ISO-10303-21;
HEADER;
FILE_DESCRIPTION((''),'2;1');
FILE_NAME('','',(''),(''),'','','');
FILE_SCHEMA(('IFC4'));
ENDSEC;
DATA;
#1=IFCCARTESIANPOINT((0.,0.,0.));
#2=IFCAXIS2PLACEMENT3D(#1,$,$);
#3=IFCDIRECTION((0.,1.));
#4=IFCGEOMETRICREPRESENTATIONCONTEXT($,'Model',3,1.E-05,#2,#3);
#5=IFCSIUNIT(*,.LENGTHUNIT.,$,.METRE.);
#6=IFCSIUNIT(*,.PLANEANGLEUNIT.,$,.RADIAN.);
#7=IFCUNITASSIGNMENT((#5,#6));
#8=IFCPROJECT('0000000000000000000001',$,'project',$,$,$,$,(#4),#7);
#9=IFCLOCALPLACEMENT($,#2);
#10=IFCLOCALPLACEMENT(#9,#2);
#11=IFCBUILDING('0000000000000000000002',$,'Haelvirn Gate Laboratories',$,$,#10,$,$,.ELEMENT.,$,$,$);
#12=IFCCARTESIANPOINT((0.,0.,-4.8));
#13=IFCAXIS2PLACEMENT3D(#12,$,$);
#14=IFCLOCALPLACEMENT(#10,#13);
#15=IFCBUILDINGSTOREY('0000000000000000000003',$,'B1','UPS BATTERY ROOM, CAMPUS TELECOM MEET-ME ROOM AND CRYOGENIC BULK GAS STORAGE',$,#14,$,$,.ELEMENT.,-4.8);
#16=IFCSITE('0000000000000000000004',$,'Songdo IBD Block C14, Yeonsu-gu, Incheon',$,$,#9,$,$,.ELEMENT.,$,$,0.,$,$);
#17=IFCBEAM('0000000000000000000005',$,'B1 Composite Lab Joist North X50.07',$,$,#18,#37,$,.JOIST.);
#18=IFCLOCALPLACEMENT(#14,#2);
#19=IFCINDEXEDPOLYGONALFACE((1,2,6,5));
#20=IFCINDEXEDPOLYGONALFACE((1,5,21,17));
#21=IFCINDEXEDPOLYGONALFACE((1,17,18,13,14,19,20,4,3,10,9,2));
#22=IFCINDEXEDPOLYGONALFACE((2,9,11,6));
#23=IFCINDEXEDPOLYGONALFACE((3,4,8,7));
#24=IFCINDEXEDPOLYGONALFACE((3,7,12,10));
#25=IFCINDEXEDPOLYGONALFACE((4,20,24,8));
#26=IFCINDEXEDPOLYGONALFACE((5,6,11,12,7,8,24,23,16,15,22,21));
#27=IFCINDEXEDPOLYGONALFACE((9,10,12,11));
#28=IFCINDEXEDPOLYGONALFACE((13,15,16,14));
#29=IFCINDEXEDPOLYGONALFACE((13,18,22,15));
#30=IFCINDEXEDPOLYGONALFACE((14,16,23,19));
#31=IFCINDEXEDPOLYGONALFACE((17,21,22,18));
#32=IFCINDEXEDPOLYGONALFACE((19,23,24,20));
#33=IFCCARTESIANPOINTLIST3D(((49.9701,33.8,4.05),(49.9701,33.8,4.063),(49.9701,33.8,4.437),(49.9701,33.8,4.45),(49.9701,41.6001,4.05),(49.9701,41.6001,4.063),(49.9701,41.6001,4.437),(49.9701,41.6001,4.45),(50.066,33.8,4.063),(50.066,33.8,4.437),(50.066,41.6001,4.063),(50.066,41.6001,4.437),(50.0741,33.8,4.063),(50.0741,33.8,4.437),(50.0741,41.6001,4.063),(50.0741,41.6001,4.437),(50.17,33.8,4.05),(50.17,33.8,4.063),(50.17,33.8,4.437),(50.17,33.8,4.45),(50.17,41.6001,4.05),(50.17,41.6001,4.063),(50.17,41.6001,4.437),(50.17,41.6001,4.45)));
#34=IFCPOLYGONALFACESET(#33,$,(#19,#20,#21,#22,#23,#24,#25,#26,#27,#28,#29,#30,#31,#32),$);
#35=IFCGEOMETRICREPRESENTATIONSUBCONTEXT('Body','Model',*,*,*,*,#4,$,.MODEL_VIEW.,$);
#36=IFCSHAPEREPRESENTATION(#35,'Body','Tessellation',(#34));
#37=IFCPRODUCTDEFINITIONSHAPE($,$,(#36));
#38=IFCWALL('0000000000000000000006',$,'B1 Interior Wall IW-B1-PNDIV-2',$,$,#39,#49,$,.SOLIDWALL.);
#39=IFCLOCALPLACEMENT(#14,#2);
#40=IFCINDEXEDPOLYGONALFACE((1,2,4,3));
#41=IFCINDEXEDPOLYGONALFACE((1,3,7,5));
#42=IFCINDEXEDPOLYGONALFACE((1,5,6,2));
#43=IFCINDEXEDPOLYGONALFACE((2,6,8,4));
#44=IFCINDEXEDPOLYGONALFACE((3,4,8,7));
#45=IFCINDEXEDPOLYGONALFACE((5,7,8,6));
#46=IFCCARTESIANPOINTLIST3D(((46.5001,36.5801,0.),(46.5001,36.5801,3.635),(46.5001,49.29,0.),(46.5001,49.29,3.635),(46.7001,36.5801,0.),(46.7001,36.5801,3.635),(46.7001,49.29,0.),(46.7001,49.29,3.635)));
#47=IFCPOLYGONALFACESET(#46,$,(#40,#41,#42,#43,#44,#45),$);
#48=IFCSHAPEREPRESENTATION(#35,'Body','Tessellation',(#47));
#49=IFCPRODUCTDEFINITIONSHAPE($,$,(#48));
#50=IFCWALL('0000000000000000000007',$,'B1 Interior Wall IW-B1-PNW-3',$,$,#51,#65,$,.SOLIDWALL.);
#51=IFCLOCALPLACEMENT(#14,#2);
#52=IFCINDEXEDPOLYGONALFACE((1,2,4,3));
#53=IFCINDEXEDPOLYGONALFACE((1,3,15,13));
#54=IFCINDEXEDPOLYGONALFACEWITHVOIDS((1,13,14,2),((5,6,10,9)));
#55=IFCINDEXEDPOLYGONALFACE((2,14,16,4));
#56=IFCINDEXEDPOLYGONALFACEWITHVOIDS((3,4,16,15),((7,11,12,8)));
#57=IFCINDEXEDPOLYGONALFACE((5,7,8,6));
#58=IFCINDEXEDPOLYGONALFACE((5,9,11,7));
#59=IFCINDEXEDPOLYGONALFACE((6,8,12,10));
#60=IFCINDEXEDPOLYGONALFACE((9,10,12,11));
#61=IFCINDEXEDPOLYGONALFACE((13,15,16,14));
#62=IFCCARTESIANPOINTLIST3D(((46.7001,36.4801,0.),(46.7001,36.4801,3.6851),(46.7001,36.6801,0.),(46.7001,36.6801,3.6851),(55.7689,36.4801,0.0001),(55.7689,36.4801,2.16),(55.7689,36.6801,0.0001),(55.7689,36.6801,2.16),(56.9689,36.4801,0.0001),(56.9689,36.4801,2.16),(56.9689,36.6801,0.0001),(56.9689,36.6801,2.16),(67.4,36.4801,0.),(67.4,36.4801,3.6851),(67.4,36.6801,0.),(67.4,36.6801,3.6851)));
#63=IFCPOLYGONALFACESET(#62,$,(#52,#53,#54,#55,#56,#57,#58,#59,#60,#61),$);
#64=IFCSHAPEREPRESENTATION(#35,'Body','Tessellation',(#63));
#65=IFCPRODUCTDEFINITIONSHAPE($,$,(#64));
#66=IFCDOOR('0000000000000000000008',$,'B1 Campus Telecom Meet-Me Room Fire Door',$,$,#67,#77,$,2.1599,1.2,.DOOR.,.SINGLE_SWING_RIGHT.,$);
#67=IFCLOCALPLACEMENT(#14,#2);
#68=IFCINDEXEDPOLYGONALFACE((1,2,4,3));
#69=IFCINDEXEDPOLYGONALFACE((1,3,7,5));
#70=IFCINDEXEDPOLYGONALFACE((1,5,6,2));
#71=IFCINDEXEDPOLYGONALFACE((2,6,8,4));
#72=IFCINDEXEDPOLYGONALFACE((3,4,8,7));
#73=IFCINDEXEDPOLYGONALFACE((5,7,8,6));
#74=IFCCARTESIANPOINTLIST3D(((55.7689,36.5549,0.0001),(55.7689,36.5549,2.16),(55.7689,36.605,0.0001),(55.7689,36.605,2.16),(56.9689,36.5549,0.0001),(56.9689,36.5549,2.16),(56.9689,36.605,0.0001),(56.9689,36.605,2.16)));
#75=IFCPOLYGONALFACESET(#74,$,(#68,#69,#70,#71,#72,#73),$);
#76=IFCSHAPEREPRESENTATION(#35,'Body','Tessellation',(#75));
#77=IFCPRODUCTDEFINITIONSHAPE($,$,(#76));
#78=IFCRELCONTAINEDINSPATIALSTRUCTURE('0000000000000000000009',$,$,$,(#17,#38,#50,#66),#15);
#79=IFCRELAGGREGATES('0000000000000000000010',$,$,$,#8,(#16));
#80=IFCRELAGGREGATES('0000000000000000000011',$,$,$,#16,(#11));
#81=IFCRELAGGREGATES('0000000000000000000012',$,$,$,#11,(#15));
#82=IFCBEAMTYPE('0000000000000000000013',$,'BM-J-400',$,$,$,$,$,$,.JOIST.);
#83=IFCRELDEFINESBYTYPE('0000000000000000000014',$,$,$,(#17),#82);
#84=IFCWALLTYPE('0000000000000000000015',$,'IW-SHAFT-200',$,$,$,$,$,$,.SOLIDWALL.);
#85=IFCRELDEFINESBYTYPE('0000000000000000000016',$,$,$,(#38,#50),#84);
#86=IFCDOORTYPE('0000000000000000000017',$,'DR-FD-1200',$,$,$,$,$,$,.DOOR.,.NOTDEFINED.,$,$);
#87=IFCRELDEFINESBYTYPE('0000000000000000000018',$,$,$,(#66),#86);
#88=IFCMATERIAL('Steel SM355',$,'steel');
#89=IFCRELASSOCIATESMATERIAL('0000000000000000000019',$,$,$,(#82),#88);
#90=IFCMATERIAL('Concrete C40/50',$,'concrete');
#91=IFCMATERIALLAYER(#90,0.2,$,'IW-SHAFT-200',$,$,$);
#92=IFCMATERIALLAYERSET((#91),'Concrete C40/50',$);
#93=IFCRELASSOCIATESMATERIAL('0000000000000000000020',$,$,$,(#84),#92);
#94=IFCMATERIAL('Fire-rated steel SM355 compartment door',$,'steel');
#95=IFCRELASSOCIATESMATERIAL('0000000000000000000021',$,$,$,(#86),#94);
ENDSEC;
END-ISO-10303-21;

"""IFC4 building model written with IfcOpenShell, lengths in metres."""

from ifc_helpers import new_model, si_unit, direction, frame, frame_2d, origin, origin_2d, place, context, subcontext, project, spatial, rectangle, i_section, extrude, source, transform, mapped, material, layer, layer_set, material_profile, profile_set, type_object, type_shapes, element, fill, save


model = new_model("IFC4")

# Units and contexts
model_context = context("Model", 3, precision=1e-05, world=origin(), true_north=direction((0.0, 1.0)))
body_context = subcontext(model_context, "Body", "Model", "MODEL_VIEW")
ifc_project = project(units=[si_unit("LENGTHUNIT", "METRE"), si_unit("PLANEANGLEUNIT", "RADIAN")], contexts=[model_context])

# Site, building, storey
site_placement = place(None, origin())
site = spatial("IfcSite", under=ifc_project, at=site_placement, Name="Songdo IBD Block C14, Yeonsu-gu, Incheon", CompositionType="ELEMENT", RefElevation=0.0)
building_placement = place(site_placement, origin())
building = spatial("IfcBuilding", under=site, at=building_placement, Name="Haelvirn Gate Laboratories", CompositionType="ELEMENT")
storey_placement = place(building_placement, frame((0.0, 0.0, -4.8)))
storey = spatial("IfcBuildingStorey", under=building, at=storey_placement, Name="B1", Description="UPS BATTERY ROOM, CAMPUS TELECOM MEET-ME ROOM AND CRYOGENIC BULK GAS STORAGE", CompositionType="ELEMENT", Elevation=-4.8)

# Beam
ifc_material_1 = material(Name="Steel SM355", Category="steel")
ifc_material_profile_1 = material_profile(ifc_material_1, i_section(OverallWidth=0.2, OverallDepth=0.3999, WebThickness=0.0081, FlangeThickness=0.0129, at=origin_2d()), Name="H-400x200x8x13")
ifc_profile_set_1 = profile_set([ifc_material_profile_1], Name="Steel SM355")
beam_type_1 = type_object("IfcBeamType", Name="BM-J-400", PredefinedType="JOIST", material=ifc_profile_set_1)
shared_shape_1 = source(origin(), body_context, "Body", "SweptSolid", [
    extrude(i_section(OverallWidth=0.2, OverallDepth=0.3999, WebThickness=0.0081, FlangeThickness=0.0129, at=origin_2d()), origin(), (0.0, 0.0, 1.0), 7.8),
])
type_shapes(beam_type_1, [shared_shape_1])
for number, where, z_axis, x_axis, name in (
    (1, (50.0701, 33.8, 4.25), (0.0, 1.0, 0.0), (-1.0, 0.0, 0.0), "B1 Composite Lab Joist North X50.07"),
):
    element("IfcBeam", number, at=place(storey_placement, frame(where, z_axis=z_axis, x_axis=x_axis)), inside=storey, type_object=beam_type_1, Name=name, PredefinedType="JOIST", context=body_context, shape_type="MappedRepresentation", body=[
        mapped(shared_shape_1, transform((0.0, 0.0, 0.0), scale=1.0)),
    ])

# Wall
ifc_material_2 = material(Name="Concrete C40/50", Category="concrete")
ifc_layer_1 = layer(ifc_material_2, 0.2, Name="IW-SHAFT-200")
ifc_layer_set_1 = layer_set([ifc_layer_1], Name="Concrete C40/50")
wall_type_1 = type_object("IfcWallType", Name="IW-SHAFT-200", PredefinedType="SOLIDWALL", material=ifc_layer_set_1)
wall_1_placement = place(storey_placement, frame((46.6001, 36.5801, 0.0), z_axis=(0.0, 0.0, 1.0), x_axis=(0.0, 1.0, 0.0)))
element("IfcWall", 2, at=wall_1_placement, inside=storey, type_object=wall_type_1, Name="B1 Interior Wall IW-B1-PNDIV-2", PredefinedType="SOLIDWALL", context=body_context, shape_type="SweptSolid", body=[
    extrude(rectangle(XDim=12.71, YDim=0.2, at=frame_2d((6.355, 0.0))), origin(), (0.0, 0.0, 1.0), 3.635),
])

# Wall, opening, door
wall_2_placement = place(storey_placement, frame((46.7, 36.5801, 0.0), z_axis=(0.0, 0.0, 1.0), x_axis=(1.0, 0.0, 0.0)))
wall_2 = element("IfcWall", 3, at=wall_2_placement, inside=storey, type_object=wall_type_1, Name="B1 Interior Wall IW-B1-PNW-3", PredefinedType="SOLIDWALL", context=body_context, shape_type="SweptSolid", body=[
    extrude(rectangle(XDim=20.7, YDim=0.2, at=frame_2d((10.3501, 0.0))), origin(), (0.0, 0.0, 1.0), 3.6851),
])
opening_1_placement = place(wall_2_placement, frame((9.0688, 0.0, 0.0)))
opening_1 = element("IfcOpeningElement", 4, at=opening_1_placement, cuts=wall_2, PredefinedType="OPENING", context=body_context, shape_type="SweptSolid", body=[
    extrude(rectangle(XDim=1.2, YDim=2.1599, at=frame_2d((0.6001, 1.0801))), frame((0.0, 0.1099, 0.0), z_axis=(0.0, -1.0, 0.0), x_axis=(1.0, 0.0, 0.0)), (0.0, 0.0, 1.0), 0.22),
])
ifc_material_3 = material(Name="Fire-rated steel SM355 compartment door", Category="steel")
door_type_1 = type_object("IfcDoorType", Name="DR-FD-1200", OperationType="NOTDEFINED", PredefinedType="DOOR", material=ifc_material_3)
shared_shape_2 = source(origin(), body_context, "Body", "SweptSolid", [
    extrude(rectangle(XDim=1.2, YDim=2.1599, at=frame_2d((0.6001, 1.0801))), frame((0.0, 0.0249, 0.0), z_axis=(0.0, -1.0, 0.0), x_axis=(1.0, 0.0, 0.0)), (0.0, 0.0, 1.0), 0.05),
])
type_shapes(door_type_1, [shared_shape_2])
door_1_placement = place(opening_1_placement, origin())
door_1 = element("IfcDoor", 5, at=door_1_placement, inside=storey, type_object=door_type_1, Name="B1 Campus Telecom Meet-Me Room Fire Door", OperationType="SINGLE_SWING_RIGHT", OverallHeight=2.1599, OverallWidth=1.2, PredefinedType="DOOR", context=body_context, shape_type="MappedRepresentation", body=[
    mapped(shared_shape_2, transform((0.0, 0.0, 0.0), scale=1.0)),
])
fill(opening_1, door_1)

save(model, "model.ifc")
